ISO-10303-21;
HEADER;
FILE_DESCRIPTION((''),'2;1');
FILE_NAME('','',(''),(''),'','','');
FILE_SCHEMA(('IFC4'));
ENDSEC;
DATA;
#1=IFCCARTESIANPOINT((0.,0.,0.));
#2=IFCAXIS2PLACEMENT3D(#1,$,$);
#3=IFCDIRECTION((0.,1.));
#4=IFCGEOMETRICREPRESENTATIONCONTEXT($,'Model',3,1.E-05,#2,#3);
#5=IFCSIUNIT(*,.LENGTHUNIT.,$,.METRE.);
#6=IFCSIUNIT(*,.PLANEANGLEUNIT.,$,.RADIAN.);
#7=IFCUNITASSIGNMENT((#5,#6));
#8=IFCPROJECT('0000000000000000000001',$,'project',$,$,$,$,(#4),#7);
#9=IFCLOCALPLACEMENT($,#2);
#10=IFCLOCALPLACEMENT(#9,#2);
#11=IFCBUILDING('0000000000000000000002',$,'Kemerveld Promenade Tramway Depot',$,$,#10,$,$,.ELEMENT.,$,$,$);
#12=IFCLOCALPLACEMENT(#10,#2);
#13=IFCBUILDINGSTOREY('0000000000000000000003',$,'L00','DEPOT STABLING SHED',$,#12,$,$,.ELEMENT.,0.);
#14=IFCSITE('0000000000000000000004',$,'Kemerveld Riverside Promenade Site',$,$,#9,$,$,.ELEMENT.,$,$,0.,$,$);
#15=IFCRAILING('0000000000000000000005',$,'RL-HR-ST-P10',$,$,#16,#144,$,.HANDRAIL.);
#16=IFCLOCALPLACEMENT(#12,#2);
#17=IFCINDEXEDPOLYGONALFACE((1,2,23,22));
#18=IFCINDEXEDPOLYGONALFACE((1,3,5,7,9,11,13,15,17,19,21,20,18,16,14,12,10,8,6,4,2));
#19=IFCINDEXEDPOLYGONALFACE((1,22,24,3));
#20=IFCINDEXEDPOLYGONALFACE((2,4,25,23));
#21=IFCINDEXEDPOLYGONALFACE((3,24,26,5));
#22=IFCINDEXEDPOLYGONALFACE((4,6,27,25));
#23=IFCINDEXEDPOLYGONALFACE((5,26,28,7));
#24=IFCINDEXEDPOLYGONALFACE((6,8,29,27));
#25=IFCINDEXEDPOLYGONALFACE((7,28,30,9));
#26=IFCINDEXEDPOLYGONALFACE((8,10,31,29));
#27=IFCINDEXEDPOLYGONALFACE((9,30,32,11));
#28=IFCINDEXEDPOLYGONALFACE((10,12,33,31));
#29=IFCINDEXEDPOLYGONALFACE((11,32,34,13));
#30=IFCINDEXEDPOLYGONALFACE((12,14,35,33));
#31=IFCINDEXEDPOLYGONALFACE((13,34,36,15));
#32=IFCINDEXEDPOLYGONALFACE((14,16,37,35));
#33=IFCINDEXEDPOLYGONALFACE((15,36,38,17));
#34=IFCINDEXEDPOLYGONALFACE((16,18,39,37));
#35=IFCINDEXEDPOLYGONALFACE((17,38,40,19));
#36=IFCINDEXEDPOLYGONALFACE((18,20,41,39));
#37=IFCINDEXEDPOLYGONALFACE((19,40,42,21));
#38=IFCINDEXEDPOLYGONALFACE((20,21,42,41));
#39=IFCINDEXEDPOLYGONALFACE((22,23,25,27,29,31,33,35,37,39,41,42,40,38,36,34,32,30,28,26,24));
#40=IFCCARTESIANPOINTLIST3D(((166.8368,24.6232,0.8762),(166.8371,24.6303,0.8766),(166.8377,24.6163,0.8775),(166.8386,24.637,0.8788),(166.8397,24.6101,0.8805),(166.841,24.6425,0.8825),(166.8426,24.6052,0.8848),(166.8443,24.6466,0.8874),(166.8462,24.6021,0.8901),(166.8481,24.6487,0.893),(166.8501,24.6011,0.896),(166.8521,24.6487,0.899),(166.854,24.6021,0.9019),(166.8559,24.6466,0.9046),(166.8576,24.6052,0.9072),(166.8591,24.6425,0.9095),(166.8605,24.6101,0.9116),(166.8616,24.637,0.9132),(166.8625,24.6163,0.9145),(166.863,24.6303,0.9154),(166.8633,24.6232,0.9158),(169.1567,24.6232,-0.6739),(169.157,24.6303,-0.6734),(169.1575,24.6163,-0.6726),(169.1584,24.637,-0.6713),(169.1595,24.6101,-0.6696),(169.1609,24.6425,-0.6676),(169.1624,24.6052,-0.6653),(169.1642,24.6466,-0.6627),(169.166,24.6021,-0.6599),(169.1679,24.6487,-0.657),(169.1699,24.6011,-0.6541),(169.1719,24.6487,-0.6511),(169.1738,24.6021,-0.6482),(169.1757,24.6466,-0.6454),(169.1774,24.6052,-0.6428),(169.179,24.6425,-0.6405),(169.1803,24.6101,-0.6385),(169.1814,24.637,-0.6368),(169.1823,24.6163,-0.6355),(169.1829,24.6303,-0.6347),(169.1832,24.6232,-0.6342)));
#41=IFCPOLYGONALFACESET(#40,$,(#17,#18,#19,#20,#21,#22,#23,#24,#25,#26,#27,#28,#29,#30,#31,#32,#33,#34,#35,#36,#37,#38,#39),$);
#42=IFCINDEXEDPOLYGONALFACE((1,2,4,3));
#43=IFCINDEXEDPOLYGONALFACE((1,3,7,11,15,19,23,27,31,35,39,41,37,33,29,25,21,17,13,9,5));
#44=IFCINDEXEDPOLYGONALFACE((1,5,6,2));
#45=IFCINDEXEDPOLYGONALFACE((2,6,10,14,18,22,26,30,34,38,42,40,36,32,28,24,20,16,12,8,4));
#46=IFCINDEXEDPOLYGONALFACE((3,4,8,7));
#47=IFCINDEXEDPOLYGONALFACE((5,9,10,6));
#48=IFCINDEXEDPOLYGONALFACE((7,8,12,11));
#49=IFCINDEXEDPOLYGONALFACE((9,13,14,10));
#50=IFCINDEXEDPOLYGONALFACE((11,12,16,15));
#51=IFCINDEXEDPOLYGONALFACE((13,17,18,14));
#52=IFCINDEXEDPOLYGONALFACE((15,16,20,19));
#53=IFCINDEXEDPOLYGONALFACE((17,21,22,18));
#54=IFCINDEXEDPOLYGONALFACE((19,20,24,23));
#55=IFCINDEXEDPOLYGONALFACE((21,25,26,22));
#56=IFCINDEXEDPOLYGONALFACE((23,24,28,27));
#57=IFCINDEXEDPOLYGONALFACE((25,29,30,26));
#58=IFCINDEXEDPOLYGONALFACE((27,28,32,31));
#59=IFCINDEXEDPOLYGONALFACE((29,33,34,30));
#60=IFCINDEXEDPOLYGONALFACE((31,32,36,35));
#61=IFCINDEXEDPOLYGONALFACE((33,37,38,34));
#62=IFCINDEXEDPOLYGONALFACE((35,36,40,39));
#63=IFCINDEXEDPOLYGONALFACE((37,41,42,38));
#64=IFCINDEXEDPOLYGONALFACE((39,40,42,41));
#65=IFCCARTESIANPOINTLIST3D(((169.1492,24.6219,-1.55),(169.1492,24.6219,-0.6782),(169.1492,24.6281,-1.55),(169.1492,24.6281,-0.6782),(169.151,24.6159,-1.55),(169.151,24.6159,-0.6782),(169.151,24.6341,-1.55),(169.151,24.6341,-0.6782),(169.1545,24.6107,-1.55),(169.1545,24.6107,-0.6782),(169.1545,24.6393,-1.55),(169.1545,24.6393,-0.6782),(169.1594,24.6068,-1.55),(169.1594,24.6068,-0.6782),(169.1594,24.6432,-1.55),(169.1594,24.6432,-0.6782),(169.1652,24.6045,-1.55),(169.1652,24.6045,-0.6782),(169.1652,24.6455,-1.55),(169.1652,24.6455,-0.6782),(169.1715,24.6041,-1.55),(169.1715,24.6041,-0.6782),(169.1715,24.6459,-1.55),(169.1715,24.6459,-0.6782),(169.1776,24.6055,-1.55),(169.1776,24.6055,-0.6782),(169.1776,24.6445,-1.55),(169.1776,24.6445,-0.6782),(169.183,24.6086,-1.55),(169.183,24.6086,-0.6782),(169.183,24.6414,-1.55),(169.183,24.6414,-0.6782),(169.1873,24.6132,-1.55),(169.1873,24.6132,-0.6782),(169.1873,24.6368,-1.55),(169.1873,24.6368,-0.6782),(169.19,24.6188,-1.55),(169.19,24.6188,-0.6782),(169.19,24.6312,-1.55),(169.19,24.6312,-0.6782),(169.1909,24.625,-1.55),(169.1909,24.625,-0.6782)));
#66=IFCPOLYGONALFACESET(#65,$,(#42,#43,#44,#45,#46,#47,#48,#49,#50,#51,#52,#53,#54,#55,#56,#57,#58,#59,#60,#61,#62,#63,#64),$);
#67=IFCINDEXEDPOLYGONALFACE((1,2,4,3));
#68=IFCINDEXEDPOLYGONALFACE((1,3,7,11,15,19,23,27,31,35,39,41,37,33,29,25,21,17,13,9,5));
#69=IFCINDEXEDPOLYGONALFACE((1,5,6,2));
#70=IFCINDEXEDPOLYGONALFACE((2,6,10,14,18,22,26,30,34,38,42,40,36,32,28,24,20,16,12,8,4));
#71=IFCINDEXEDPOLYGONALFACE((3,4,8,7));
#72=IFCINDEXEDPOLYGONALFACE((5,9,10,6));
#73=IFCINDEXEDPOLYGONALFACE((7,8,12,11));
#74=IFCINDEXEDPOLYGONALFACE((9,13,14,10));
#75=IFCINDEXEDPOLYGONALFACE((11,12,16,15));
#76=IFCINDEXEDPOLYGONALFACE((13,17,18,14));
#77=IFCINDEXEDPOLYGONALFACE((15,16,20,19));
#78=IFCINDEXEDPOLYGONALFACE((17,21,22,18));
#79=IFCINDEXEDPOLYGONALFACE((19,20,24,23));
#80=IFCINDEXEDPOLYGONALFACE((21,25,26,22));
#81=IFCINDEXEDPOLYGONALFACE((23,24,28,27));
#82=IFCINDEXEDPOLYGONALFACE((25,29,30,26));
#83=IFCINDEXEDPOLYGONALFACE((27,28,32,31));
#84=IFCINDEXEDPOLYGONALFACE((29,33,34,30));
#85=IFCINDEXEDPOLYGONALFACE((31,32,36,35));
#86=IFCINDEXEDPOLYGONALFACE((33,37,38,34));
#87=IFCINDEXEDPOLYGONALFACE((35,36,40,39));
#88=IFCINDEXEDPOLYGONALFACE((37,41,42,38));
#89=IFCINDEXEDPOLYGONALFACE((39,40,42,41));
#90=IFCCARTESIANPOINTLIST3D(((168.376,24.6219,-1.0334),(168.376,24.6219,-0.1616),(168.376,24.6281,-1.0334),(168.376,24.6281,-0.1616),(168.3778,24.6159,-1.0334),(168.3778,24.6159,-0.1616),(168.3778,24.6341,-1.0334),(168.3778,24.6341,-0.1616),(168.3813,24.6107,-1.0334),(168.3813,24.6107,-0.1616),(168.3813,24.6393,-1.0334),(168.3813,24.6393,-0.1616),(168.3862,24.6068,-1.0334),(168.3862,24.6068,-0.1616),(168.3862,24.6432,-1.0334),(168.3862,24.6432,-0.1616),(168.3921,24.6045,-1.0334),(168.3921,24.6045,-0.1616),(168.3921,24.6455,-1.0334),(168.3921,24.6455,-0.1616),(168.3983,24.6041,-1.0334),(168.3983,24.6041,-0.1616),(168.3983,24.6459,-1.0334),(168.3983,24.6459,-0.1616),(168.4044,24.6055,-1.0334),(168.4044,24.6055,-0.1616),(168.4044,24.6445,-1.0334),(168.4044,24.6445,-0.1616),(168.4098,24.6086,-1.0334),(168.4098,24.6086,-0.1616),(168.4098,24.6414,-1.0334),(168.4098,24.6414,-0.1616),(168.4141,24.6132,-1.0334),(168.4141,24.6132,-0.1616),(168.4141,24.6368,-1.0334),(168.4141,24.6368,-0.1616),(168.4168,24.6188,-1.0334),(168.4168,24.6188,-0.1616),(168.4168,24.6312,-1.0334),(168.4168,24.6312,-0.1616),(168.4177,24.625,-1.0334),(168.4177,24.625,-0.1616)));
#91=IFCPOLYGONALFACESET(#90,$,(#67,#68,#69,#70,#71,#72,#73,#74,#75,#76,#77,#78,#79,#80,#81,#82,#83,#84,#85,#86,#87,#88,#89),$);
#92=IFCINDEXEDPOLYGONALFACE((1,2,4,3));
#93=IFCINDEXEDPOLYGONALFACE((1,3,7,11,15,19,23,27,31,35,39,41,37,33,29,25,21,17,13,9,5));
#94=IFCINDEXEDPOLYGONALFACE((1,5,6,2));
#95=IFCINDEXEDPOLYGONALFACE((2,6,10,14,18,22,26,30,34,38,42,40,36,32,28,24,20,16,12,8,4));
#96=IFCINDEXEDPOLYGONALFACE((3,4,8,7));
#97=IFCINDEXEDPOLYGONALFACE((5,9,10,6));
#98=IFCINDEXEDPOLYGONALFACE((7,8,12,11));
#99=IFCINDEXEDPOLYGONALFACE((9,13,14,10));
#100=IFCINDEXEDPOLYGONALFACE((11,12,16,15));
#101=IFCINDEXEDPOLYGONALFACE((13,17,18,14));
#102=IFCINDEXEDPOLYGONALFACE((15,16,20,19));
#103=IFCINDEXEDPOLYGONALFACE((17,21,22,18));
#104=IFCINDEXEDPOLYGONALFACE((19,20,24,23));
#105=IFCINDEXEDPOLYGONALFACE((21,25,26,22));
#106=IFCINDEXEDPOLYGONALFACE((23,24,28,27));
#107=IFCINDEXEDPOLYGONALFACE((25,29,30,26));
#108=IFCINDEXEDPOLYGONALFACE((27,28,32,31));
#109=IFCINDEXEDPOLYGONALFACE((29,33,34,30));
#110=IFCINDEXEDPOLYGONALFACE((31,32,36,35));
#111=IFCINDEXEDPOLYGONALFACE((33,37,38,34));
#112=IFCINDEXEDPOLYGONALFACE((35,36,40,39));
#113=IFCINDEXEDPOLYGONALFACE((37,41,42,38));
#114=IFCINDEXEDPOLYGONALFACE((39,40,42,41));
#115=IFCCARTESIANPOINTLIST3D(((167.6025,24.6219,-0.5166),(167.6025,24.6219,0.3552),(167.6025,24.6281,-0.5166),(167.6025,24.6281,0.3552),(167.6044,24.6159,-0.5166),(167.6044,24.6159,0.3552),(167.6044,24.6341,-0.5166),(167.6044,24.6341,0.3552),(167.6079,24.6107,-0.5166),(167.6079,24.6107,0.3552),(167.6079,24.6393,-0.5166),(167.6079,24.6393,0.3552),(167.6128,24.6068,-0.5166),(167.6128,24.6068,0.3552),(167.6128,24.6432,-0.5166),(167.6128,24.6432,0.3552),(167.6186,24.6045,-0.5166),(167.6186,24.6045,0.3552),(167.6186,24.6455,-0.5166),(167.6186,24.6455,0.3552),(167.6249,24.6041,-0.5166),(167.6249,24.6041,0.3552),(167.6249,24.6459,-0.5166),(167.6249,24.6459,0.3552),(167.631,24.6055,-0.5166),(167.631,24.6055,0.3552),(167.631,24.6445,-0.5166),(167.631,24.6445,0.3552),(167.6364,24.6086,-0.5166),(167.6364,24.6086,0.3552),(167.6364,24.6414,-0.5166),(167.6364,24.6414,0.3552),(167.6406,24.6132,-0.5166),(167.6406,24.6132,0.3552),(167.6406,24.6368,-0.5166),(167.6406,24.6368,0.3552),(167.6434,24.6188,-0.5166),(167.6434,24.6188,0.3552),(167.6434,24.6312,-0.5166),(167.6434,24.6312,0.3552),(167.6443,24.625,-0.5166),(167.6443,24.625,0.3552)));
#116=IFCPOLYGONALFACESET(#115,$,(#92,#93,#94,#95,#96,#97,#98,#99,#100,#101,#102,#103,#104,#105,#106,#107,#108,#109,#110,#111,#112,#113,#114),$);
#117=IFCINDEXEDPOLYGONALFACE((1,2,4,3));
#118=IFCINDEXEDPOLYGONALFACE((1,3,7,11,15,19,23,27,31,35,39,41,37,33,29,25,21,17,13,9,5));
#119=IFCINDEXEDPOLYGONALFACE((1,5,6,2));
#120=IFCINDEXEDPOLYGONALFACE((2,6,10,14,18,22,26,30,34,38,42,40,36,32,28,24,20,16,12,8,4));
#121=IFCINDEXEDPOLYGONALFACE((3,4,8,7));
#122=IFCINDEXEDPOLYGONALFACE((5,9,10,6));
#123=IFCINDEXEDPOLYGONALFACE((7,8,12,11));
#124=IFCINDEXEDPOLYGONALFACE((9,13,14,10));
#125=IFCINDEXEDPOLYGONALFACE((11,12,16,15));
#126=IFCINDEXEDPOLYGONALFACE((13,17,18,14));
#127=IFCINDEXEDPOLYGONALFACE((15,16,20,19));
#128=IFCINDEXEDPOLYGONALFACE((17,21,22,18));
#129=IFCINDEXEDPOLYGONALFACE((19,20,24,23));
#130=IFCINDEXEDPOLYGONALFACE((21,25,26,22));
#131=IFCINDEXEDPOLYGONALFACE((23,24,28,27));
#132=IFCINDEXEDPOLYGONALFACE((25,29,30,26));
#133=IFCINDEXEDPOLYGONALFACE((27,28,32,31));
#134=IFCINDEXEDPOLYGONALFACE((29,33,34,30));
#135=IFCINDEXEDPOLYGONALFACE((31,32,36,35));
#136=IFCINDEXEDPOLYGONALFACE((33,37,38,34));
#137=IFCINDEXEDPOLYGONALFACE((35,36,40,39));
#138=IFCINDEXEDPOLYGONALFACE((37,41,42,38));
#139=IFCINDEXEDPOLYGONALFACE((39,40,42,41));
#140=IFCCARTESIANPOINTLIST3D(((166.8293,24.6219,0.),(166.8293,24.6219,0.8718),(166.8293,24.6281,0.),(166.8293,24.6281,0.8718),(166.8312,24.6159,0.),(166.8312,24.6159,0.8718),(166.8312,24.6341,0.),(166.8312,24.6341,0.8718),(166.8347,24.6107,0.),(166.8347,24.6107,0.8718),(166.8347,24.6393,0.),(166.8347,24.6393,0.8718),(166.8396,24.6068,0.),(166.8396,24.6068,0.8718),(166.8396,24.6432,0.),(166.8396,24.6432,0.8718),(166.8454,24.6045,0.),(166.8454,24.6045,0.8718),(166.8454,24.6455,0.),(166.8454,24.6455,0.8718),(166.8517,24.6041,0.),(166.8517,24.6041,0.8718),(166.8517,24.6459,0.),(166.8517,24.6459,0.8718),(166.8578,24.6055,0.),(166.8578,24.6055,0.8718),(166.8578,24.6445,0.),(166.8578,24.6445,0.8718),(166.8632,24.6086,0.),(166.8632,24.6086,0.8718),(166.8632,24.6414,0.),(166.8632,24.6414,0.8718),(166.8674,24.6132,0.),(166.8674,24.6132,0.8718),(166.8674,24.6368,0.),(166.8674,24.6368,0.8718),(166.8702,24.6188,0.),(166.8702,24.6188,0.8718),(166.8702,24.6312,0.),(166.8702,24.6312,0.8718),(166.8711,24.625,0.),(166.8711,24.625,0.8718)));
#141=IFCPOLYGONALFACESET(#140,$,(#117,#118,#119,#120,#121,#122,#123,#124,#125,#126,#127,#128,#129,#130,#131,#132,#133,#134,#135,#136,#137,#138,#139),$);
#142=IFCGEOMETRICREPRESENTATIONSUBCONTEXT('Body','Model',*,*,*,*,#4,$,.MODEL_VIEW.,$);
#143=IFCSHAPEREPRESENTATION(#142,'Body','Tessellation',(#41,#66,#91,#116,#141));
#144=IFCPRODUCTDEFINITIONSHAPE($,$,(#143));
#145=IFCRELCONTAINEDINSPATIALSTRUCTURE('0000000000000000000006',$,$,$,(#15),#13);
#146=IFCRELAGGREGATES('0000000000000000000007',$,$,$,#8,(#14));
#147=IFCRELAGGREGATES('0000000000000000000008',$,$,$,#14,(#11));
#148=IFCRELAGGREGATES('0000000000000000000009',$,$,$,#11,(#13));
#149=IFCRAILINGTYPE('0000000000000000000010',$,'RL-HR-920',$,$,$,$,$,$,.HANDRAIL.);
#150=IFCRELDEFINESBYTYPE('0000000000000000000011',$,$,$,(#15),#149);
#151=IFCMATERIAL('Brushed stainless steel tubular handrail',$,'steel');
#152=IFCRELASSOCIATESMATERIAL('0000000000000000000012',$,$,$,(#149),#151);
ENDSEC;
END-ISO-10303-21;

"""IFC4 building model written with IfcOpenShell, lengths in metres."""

from ifc_helpers import new_model, si_unit, direction, frame, origin, origin_2d, place, context, subcontext, project, spatial, circle, extrude, material, type_object, element, save


model = new_model("IFC4")

# Units and contexts
model_context = context("Model", 3, precision=1e-05, world=origin(), true_north=direction((0.0, 1.0)))
body_context = subcontext(model_context, "Body", "Model", "MODEL_VIEW")
ifc_project = project(units=[si_unit("LENGTHUNIT", "METRE"), si_unit("PLANEANGLEUNIT", "RADIAN")], contexts=[model_context])

# Site, building, storey
site_placement = place(None, origin())
site = spatial("IfcSite", under=ifc_project, at=site_placement, Name="Kemerveld Riverside Promenade Site", CompositionType="ELEMENT", RefElevation=0.0)
building_placement = place(site_placement, origin())
building = spatial("IfcBuilding", under=site, at=building_placement, Name="Kemerveld Promenade Tramway Depot", CompositionType="ELEMENT")
storey_placement = place(building_placement, origin())
storey = spatial("IfcBuildingStorey", under=building, at=storey_placement, Name="L00", Description="DEPOT STABLING SHED", CompositionType="ELEMENT", Elevation=0.0)

# Railing
ifc_material_1 = material(Name="Brushed stainless steel tubular handrail", Category="steel")
railing_type_1 = type_object("IfcRailingType", Name="RL-HR-920", PredefinedType="HANDRAIL", material=ifc_material_1)
for number, where, name in (
    (1, (169.1699, 24.625, -1.55), "RL-HR-ST-P10"),
):
    element("IfcRailing", number, at=place(storey_placement, frame(where)), inside=storey, type_object=railing_type_1, Name=name, PredefinedType="HANDRAIL", context=body_context, shape_type="SweptSolid", body=[
        extrude(circle(Radius=0.0239, at=origin_2d()), frame((0.0, 0.0, 0.896), z_axis=(-0.831471, 0.0, 0.555568), x_axis=(0.0, -1.0, 0.0)), (0.0, 0.0, 1.0), 2.79),
        extrude(circle(Radius=0.021, at=origin_2d()), origin(), (0.0, 0.0, 1.0), 0.8718),
        extrude(circle(Radius=0.021, at=origin_2d()), frame((-0.7732, 0.0, 0.5166)), (0.0, 0.0, 1.0), 0.8718),
        extrude(circle(Radius=0.021, at=origin_2d()), frame((-1.5466, 0.0, 1.0334)), (0.0, 0.0, 1.0), 0.8718),
        extrude(circle(Radius=0.021, at=origin_2d()), frame((-2.3198, 0.0, 1.55)), (0.0, 0.0, 1.0), 0.8718),
    ])

save(model, "model.ifc")
